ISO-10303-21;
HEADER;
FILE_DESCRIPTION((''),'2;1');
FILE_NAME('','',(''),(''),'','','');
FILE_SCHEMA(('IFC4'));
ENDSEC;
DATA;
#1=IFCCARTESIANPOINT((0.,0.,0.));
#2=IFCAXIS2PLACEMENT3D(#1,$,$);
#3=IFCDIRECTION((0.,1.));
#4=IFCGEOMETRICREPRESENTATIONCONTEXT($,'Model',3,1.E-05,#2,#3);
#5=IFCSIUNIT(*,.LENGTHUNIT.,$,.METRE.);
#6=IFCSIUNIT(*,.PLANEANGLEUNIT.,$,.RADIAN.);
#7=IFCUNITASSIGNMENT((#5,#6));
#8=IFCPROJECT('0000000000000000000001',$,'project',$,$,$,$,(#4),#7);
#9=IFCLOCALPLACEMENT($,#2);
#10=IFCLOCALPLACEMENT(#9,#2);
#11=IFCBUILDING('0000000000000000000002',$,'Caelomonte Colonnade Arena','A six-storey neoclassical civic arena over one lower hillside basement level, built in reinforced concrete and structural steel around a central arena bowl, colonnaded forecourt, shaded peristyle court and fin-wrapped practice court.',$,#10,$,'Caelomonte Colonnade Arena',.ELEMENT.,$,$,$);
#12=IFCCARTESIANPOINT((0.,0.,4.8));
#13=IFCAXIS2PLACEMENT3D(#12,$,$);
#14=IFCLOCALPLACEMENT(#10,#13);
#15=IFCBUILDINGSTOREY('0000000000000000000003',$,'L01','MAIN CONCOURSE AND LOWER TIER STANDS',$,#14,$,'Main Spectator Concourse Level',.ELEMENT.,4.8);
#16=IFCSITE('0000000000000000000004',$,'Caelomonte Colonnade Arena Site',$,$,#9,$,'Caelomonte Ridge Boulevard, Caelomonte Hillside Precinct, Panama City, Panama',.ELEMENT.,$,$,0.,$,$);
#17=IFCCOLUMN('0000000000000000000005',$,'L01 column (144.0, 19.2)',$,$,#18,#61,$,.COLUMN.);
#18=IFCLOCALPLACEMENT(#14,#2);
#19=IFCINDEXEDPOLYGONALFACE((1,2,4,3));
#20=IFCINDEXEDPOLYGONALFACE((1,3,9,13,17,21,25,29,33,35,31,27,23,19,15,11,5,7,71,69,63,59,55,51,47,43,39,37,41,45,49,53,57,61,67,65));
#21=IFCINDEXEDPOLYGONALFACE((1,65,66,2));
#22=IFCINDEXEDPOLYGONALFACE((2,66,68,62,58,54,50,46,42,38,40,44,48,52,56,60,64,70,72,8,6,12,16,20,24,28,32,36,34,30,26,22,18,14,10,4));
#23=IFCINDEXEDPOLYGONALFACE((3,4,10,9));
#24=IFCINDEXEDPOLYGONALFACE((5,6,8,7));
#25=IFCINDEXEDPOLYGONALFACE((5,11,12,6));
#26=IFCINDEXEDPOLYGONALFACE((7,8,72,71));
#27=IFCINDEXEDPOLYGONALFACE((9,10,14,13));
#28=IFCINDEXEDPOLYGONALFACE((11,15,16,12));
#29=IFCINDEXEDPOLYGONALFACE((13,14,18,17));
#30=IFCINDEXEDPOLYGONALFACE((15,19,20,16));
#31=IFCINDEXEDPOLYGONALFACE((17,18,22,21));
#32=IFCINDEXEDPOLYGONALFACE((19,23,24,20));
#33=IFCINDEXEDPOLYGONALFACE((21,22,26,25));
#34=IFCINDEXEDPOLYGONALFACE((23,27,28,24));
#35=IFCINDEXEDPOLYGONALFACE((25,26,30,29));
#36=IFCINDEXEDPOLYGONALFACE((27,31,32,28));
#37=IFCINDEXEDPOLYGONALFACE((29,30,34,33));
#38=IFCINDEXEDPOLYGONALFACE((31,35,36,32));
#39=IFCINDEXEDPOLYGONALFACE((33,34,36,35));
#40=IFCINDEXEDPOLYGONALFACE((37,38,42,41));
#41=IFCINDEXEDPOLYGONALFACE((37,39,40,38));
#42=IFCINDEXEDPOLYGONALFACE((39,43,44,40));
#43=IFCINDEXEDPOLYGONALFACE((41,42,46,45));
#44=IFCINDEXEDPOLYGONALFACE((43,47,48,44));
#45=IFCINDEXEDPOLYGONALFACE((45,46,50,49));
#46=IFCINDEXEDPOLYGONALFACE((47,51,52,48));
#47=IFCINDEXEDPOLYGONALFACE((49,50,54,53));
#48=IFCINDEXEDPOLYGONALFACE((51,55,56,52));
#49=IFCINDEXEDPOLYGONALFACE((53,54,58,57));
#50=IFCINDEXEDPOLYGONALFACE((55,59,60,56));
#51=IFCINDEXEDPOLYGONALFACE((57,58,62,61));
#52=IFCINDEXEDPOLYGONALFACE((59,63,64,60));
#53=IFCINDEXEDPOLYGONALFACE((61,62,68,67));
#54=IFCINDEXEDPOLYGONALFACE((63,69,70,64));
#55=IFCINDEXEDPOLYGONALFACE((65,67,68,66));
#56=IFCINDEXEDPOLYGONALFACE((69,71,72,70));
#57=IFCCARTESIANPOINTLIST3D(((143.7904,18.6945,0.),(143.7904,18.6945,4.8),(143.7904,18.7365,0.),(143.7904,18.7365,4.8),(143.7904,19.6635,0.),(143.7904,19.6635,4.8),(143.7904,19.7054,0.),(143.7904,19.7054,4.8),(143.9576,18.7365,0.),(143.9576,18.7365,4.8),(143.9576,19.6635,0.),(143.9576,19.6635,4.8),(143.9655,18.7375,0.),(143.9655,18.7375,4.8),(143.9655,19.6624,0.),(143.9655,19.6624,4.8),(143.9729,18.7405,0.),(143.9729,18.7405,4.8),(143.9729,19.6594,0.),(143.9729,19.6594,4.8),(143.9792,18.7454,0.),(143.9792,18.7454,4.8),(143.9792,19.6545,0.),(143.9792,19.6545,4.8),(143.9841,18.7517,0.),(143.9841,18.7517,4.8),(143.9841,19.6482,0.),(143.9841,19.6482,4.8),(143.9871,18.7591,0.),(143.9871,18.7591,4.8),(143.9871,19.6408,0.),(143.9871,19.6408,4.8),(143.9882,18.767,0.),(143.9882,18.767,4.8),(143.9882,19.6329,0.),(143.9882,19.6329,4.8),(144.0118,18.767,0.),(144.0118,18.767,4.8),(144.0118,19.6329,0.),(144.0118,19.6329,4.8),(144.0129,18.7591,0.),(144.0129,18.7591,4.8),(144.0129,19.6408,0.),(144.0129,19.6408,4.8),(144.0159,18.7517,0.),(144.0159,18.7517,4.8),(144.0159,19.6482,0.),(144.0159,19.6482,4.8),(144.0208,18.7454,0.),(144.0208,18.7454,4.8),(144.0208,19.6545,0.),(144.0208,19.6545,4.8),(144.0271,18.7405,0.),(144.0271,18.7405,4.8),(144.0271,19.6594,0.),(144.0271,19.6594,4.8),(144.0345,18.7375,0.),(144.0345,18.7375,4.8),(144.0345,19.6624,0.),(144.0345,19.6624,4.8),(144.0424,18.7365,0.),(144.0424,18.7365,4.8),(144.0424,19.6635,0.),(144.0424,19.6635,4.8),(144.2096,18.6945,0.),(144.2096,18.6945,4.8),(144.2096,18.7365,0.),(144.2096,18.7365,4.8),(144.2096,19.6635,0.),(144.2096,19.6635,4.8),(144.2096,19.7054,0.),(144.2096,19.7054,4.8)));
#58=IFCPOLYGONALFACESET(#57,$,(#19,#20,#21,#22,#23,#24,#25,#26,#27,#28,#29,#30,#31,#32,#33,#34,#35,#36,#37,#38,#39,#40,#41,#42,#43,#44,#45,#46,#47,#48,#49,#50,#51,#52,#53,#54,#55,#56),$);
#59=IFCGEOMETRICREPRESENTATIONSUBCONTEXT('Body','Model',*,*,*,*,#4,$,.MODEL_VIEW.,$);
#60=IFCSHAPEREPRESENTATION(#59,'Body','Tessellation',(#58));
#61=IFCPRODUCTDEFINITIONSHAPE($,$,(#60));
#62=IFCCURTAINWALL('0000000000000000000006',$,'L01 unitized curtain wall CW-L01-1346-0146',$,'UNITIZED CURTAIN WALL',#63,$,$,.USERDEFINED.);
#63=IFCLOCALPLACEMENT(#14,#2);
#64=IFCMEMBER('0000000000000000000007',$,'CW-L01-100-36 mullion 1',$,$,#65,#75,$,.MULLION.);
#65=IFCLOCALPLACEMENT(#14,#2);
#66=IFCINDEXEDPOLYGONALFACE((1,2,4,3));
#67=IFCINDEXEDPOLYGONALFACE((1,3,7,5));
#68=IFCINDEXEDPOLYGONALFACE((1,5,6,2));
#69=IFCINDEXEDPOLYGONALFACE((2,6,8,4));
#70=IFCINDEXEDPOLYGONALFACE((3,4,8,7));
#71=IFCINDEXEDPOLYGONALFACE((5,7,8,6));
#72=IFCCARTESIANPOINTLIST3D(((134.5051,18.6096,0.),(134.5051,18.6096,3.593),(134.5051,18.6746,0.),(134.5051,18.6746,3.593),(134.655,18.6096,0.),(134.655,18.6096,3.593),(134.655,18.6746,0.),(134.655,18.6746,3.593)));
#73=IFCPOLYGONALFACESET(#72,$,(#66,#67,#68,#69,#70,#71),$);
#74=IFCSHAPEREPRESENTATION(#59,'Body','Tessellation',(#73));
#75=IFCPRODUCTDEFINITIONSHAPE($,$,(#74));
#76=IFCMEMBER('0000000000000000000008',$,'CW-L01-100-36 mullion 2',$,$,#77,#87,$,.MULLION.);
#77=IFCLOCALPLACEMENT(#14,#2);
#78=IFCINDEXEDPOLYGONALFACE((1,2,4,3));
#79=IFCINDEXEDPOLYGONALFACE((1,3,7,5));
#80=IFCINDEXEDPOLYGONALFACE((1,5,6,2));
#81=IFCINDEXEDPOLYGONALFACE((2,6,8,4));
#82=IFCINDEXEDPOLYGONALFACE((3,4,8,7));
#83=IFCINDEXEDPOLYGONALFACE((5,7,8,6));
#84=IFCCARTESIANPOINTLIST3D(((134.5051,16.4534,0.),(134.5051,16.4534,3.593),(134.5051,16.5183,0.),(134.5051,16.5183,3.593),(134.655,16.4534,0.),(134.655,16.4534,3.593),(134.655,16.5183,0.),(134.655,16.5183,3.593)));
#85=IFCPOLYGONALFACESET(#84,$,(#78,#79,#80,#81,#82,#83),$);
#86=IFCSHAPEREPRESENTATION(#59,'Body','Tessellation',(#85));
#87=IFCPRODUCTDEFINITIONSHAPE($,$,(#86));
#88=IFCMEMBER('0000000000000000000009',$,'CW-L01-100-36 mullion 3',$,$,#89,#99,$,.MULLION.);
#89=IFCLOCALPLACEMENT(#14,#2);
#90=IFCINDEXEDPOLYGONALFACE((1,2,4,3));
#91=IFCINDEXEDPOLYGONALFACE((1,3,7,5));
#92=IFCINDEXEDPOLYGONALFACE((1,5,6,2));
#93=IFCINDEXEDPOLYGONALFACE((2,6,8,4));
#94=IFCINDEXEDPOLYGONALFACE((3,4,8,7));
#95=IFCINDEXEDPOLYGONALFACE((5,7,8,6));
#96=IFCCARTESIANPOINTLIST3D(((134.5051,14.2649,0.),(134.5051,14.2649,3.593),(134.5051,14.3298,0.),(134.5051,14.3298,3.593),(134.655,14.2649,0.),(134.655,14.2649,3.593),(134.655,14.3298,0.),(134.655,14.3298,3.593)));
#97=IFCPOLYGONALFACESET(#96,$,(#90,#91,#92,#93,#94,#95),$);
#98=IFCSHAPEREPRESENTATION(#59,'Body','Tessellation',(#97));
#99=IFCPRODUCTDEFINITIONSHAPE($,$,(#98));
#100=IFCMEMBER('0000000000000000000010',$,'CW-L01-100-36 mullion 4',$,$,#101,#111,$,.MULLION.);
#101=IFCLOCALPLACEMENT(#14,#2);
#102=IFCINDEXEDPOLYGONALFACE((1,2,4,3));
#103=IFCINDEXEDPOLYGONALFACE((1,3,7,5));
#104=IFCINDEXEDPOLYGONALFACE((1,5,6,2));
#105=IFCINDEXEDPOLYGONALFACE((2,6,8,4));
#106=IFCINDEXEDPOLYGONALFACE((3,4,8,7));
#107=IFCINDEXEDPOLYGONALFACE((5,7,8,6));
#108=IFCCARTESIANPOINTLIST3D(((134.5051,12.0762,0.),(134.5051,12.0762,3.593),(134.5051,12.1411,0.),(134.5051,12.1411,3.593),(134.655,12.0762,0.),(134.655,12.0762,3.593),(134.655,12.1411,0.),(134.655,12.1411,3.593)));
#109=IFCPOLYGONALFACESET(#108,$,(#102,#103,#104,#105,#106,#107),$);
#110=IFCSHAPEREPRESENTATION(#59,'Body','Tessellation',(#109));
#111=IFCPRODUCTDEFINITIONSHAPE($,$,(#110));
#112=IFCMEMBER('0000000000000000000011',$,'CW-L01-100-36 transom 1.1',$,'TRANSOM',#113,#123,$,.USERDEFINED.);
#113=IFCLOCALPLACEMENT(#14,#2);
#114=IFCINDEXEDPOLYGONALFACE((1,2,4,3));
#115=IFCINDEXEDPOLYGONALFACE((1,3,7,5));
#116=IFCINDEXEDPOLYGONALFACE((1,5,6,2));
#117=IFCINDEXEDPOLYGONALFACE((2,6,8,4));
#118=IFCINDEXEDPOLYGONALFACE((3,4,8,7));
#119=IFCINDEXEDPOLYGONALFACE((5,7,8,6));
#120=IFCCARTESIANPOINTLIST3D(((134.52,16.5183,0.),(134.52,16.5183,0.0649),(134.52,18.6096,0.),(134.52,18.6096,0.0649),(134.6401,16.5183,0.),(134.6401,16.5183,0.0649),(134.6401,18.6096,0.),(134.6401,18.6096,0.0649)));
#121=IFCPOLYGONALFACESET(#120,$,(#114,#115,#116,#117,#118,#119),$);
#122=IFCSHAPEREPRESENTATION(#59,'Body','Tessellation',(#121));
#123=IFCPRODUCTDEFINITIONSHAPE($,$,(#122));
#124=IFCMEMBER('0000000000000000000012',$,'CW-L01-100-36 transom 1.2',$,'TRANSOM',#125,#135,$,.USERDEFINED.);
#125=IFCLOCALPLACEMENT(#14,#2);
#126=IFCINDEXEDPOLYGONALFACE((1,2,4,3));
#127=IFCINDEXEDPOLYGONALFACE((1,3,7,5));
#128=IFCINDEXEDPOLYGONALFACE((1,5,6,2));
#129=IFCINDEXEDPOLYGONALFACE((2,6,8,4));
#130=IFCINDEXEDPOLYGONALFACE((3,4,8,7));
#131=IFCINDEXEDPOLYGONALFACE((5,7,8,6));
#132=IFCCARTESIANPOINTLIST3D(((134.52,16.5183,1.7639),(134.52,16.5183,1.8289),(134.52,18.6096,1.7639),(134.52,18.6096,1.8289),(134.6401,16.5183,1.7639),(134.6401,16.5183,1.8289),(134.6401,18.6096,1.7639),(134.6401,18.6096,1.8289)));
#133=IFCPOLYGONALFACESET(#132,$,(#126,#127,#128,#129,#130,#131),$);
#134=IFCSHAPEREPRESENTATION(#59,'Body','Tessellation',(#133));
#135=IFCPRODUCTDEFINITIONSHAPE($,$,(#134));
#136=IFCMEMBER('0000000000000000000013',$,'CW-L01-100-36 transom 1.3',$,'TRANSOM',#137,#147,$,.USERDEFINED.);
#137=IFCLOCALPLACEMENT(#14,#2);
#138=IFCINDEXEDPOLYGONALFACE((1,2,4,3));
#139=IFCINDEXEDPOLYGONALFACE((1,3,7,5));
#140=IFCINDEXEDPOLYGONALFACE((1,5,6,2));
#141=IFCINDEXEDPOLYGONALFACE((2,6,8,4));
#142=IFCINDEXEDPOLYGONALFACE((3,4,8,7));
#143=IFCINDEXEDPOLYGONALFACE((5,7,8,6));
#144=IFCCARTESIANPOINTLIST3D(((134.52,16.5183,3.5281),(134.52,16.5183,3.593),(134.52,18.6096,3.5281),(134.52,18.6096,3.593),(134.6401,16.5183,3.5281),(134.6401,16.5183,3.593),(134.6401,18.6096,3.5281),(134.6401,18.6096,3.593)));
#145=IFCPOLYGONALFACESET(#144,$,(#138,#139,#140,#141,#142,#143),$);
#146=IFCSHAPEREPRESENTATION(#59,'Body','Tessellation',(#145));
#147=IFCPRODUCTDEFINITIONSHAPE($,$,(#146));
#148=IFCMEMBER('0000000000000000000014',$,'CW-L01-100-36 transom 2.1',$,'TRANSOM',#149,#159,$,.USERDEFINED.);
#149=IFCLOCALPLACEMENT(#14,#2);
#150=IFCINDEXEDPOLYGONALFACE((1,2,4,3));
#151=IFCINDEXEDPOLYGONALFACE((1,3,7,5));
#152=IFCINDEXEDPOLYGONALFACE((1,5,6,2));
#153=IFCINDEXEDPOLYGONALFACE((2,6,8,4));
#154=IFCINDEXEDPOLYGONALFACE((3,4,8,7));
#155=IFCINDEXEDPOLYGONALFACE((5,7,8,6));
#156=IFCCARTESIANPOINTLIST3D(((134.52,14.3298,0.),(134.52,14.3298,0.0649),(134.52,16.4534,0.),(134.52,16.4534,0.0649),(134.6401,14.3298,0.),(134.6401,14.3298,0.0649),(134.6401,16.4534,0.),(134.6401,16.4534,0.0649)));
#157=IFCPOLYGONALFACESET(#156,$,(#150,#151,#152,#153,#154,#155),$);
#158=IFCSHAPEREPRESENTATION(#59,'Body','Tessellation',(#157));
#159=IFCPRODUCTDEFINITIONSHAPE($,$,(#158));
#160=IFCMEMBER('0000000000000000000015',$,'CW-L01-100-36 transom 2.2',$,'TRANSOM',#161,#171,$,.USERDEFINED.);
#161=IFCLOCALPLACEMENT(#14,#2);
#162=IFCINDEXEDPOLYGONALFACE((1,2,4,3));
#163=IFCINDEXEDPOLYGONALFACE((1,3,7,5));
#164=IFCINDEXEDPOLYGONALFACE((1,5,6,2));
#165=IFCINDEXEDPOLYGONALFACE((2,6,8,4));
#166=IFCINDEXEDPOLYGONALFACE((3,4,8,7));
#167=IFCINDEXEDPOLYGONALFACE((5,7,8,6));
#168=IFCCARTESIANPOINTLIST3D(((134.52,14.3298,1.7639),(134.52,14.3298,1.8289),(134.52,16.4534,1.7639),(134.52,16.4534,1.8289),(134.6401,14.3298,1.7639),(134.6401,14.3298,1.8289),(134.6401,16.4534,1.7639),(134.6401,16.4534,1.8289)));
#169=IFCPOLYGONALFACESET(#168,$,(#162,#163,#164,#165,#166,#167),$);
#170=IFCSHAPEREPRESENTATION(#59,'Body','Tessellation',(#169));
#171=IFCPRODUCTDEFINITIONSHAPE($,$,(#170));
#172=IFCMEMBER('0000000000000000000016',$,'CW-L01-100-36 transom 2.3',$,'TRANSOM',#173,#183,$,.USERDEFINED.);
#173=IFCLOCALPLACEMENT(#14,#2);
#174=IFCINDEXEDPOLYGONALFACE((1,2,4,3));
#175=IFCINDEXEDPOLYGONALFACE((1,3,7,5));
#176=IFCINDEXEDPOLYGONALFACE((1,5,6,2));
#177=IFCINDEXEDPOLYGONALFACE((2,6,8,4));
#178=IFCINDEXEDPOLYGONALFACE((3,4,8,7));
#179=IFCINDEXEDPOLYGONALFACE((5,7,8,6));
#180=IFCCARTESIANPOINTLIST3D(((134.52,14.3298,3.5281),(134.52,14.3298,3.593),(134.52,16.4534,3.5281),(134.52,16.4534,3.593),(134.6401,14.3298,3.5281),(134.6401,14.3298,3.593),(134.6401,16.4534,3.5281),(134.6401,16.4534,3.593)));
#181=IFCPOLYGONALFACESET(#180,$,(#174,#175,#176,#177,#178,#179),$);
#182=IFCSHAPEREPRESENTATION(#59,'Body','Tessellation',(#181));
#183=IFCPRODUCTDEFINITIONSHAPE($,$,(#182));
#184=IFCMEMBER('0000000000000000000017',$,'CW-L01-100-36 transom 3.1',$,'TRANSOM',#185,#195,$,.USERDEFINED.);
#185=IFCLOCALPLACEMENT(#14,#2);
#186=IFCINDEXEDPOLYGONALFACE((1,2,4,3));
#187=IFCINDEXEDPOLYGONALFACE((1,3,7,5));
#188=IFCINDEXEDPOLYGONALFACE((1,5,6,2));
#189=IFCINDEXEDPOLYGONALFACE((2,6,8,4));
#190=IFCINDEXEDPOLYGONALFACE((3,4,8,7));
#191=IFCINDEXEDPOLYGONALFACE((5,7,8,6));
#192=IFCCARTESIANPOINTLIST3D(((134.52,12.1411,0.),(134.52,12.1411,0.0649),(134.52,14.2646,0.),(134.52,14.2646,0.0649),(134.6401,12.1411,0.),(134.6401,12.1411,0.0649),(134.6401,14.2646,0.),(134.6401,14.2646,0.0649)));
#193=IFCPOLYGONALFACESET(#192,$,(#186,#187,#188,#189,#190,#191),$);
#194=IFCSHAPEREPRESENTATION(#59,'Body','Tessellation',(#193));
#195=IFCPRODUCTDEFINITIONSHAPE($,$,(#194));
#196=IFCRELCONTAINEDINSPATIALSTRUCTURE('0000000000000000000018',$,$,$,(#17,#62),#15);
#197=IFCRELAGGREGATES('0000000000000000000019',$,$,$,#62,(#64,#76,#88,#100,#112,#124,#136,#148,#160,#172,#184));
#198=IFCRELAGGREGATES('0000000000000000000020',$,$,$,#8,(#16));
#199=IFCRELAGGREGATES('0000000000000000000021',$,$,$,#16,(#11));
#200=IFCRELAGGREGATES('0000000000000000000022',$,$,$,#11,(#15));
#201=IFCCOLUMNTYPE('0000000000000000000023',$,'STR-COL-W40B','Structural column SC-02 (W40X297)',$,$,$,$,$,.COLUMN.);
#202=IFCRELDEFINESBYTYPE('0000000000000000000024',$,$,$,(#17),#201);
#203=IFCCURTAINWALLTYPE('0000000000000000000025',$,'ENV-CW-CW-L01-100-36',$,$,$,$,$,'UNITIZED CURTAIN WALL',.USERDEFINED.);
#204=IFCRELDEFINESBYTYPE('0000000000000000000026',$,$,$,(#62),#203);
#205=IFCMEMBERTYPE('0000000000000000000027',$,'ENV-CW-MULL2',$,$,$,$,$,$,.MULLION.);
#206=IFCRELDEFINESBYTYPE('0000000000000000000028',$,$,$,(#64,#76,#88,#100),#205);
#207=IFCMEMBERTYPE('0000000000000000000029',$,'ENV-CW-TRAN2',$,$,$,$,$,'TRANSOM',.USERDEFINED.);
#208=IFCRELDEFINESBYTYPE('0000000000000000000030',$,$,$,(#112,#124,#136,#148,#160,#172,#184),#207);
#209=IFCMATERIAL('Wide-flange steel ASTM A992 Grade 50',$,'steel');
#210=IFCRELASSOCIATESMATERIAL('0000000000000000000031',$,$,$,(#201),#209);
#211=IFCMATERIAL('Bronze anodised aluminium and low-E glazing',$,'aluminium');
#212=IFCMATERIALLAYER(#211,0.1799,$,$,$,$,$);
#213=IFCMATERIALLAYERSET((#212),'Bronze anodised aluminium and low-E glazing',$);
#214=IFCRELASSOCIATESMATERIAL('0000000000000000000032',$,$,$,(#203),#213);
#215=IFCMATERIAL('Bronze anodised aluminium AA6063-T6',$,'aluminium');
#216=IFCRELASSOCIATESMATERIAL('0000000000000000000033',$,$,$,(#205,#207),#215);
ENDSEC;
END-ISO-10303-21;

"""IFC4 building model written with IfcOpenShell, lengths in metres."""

from ifc_helpers import new_model, si_unit, direction, frame, origin, origin_2d, place, context, subcontext, project, spatial, rectangle, i_section, extrude, material, layer, layer_set, material_profile, profile_set, type_object, element, aggregate, save


model = new_model("IFC4")

# Units and contexts
model_context = context("Model", 3, precision=1e-05, world=origin(), true_north=direction((0.0, 1.0)))
body_context = subcontext(model_context, "Body", "Model", "MODEL_VIEW")
ifc_project = project(units=[si_unit("LENGTHUNIT", "METRE"), si_unit("PLANEANGLEUNIT", "RADIAN")], contexts=[model_context])

# Site, building, storey
site_placement = place(None, origin())
site = spatial("IfcSite", under=ifc_project, at=site_placement, Name="Caelomonte Colonnade Arena Site", LongName="Caelomonte Ridge Boulevard, Caelomonte Hillside Precinct, Panama City, Panama", CompositionType="ELEMENT", RefElevation=0.0)
building_placement = place(site_placement, origin())
building = spatial("IfcBuilding", under=site, at=building_placement, Name="Caelomonte Colonnade Arena", Description="A six-storey neoclassical civic arena over one lower hillside basement level, built in reinforced concrete and structural steel around a central arena bowl, colonnaded forecourt, shaded peristyle court and fin-wrapped practice court.", LongName="Caelomonte Colonnade Arena", CompositionType="ELEMENT")
storey_placement = place(building_placement, frame((0.0, 0.0, 4.8)))
storey = spatial("IfcBuildingStorey", under=building, at=storey_placement, Name="L01", Description="MAIN CONCOURSE AND LOWER TIER STANDS", LongName="Main Spectator Concourse Level", CompositionType="ELEMENT", Elevation=4.8)

# Column
ifc_material_1 = material(Name="Wide-flange steel ASTM A992 Grade 50", Category="steel")
ifc_material_profile_1 = material_profile(ifc_material_1, i_section(OverallWidth=0.4192, OverallDepth=1.011, WebThickness=0.0237, FlangeThickness=0.042, FilletRadius=0.0305, at=origin_2d()), Name="W40X297")
ifc_profile_set_1 = profile_set([ifc_material_profile_1], Name="Wide-flange steel ASTM A992 Grade 50")
column_type = type_object("IfcColumnType", Name="STR-COL-W40B", Description="Structural column SC-02 (W40X297)", PredefinedType="COLUMN", material=ifc_profile_set_1)
column_placement = place(storey_placement, frame((144.0, 19.2, 0.0), z_axis=(0.0, 0.0, 1.0), x_axis=(1.0, 0.0, 0.0)))
element("IfcColumn", 1, at=column_placement, inside=storey, type_object=column_type, Name="L01 column (144.0, 19.2)", PredefinedType="COLUMN", context=body_context, shape_type="SweptSolid", body=[
    extrude(i_section(OverallWidth=0.4192, OverallDepth=1.011, WebThickness=0.0237, FlangeThickness=0.042, FilletRadius=0.0305, at=origin_2d()), origin(), (0.0, 0.0, 1.0), 4.8),
])

# Curtain wall, members
ifc_material_2 = material(Name="Bronze anodised aluminium and low-E glazing", Category="aluminium")
ifc_layer_1 = layer(ifc_material_2, 0.1799)
ifc_layer_set_1 = layer_set([ifc_layer_1], Name="Bronze anodised aluminium and low-E glazing")
curtain_wall_type = type_object("IfcCurtainWallType", Name="ENV-CW-CW-L01-100-36", ElementType="UNITIZED CURTAIN WALL", PredefinedType="USERDEFINED", material=ifc_layer_set_1)
curtain_wall_placement = place(storey_placement, origin())
curtain_wall = element("IfcCurtainWall", 2, at=curtain_wall_placement, inside=storey, type_object=curtain_wall_type, Name="L01 unitized curtain wall CW-L01-1346-0146", ObjectType="UNITIZED CURTAIN WALL", PredefinedType="USERDEFINED")
ifc_material_3 = material(Name="Bronze anodised aluminium AA6063-T6", Category="aluminium")
ifc_material_profile_2 = material_profile(ifc_material_3, rectangle(XDim=0.0649, YDim=0.1499, at=origin_2d()), Name="CWM-65X150")
ifc_profile_set_2 = profile_set([ifc_material_profile_2], Name="Bronze anodised aluminium AA6063-T6")
member_type_1 = type_object("IfcMemberType", Name="ENV-CW-MULL2", PredefinedType="MULLION", material=ifc_profile_set_2)
member_1_placement = place(storey_placement, frame((134.5801, 18.6421, 0.0), z_axis=(0.0, 0.0, 1.0), x_axis=(0.0, -1.0, 0.0)))
member_1 = element("IfcMember", 3, at=member_1_placement, type_object=member_type_1, Name="CW-L01-100-36 mullion 1", PredefinedType="MULLION", context=body_context, shape_type="SweptSolid", body=[
    extrude(rectangle(XDim=0.0649, YDim=0.1499, at=origin_2d()), origin(), (0.0, 0.0, 1.0), 3.593),
])
member_2_placement = place(storey_placement, frame((134.5801, 16.4858, 0.0), z_axis=(0.0, 0.0, 1.0), x_axis=(0.0, -1.0, 0.0)))
member_2 = element("IfcMember", 4, at=member_2_placement, type_object=member_type_1, Name="CW-L01-100-36 mullion 2", PredefinedType="MULLION", context=body_context, shape_type="SweptSolid", body=[
    extrude(rectangle(XDim=0.0649, YDim=0.1499, at=origin_2d()), origin(), (0.0, 0.0, 1.0), 3.593),
])
member_3_placement = place(storey_placement, frame((134.5801, 14.2974, 0.0), z_axis=(0.0, 0.0, 1.0), x_axis=(0.0, -1.0, 0.0)))
member_3 = element("IfcMember", 5, at=member_3_placement, type_object=member_type_1, Name="CW-L01-100-36 mullion 3", PredefinedType="MULLION", context=body_context, shape_type="SweptSolid", body=[
    extrude(rectangle(XDim=0.0649, YDim=0.1499, at=origin_2d()), origin(), (0.0, 0.0, 1.0), 3.593),
])
member_4_placement = place(storey_placement, frame((134.5801, 12.1086, 0.0), z_axis=(0.0, 0.0, 1.0), x_axis=(0.0, -1.0, 0.0)))
member_4 = element("IfcMember", 6, at=member_4_placement, type_object=member_type_1, Name="CW-L01-100-36 mullion 4", PredefinedType="MULLION", context=body_context, shape_type="SweptSolid", body=[
    extrude(rectangle(XDim=0.0649, YDim=0.1499, at=origin_2d()), origin(), (0.0, 0.0, 1.0), 3.593),
])
ifc_material_profile_3 = material_profile(ifc_material_3, rectangle(XDim=0.0649, YDim=0.1201, at=origin_2d()), Name="CWT-65X120")
ifc_profile_set_3 = profile_set([ifc_material_profile_3], Name="Bronze anodised aluminium AA6063-T6")
member_type_2 = type_object("IfcMemberType", Name="ENV-CW-TRAN2", ElementType="TRANSOM", PredefinedType="USERDEFINED", material=ifc_profile_set_3)
member_5_placement = place(storey_placement, frame((134.5801, 18.6096, 0.0325), z_axis=(0.0, -1.0, 0.0), x_axis=(0.0, 0.0, 1.0)))
member_5 = element("IfcMember", 7, at=member_5_placement, type_object=member_type_2, Name="CW-L01-100-36 transom 1.1", ObjectType="TRANSOM", PredefinedType="USERDEFINED", context=body_context, shape_type="SweptSolid", body=[
    extrude(rectangle(XDim=0.0649, YDim=0.1201, at=origin_2d()), origin(), (0.0, 0.0, 1.0), 2.0913),
])
member_6_placement = place(storey_placement, frame((134.5801, 18.6096, 1.7964), z_axis=(0.0, -1.0, 0.0), x_axis=(0.0, 0.0, 1.0)))
member_6 = element("IfcMember", 8, at=member_6_placement, type_object=member_type_2, Name="CW-L01-100-36 transom 1.2", ObjectType="TRANSOM", PredefinedType="USERDEFINED", context=body_context, shape_type="SweptSolid", body=[
    extrude(rectangle(XDim=0.0649, YDim=0.1201, at=origin_2d()), origin(), (0.0, 0.0, 1.0), 2.0913),
])
member_7_placement = place(storey_placement, frame((134.5801, 18.6096, 3.5605), z_axis=(0.0, -1.0, 0.0), x_axis=(0.0, 0.0, 1.0)))
member_7 = element("IfcMember", 9, at=member_7_placement, type_object=member_type_2, Name="CW-L01-100-36 transom 1.3", ObjectType="TRANSOM", PredefinedType="USERDEFINED", context=body_context, shape_type="SweptSolid", body=[
    extrude(rectangle(XDim=0.0649, YDim=0.1201, at=origin_2d()), origin(), (0.0, 0.0, 1.0), 2.0913),
])
member_8_placement = place(storey_placement, frame((134.5801, 16.4534, 0.0325), z_axis=(0.0, -1.0, 0.0), x_axis=(0.0, 0.0, 1.0)))
member_8 = element("IfcMember", 10, at=member_8_placement, type_object=member_type_2, Name="CW-L01-100-36 transom 2.1", ObjectType="TRANSOM", PredefinedType="USERDEFINED", context=body_context, shape_type="SweptSolid", body=[
    extrude(rectangle(XDim=0.0649, YDim=0.1201, at=origin_2d()), origin(), (0.0, 0.0, 1.0), 2.1235),
])
member_9_placement = place(storey_placement, frame((134.5801, 16.4534, 1.7964), z_axis=(0.0, -1.0, 0.0), x_axis=(0.0, 0.0, 1.0)))
member_9 = element("IfcMember", 11, at=member_9_placement, type_object=member_type_2, Name="CW-L01-100-36 transom 2.2", ObjectType="TRANSOM", PredefinedType="USERDEFINED", context=body_context, shape_type="SweptSolid", body=[
    extrude(rectangle(XDim=0.0649, YDim=0.1201, at=origin_2d()), origin(), (0.0, 0.0, 1.0), 2.1235),
])
member_10_placement = place(storey_placement, frame((134.5801, 16.4534, 3.5605), z_axis=(0.0, -1.0, 0.0), x_axis=(0.0, 0.0, 1.0)))
member_10 = element("IfcMember", 12, at=member_10_placement, type_object=member_type_2, Name="CW-L01-100-36 transom 2.3", ObjectType="TRANSOM", PredefinedType="USERDEFINED", context=body_context, shape_type="SweptSolid", body=[
    extrude(rectangle(XDim=0.0649, YDim=0.1201, at=origin_2d()), origin(), (0.0, 0.0, 1.0), 2.1235),
])
member_11_placement = place(storey_placement, frame((134.5801, 14.2646, 0.0325), z_axis=(0.0, -1.0, 0.0), x_axis=(0.0, 0.0, 1.0)))
member_11 = element("IfcMember", 13, at=member_11_placement, type_object=member_type_2, Name="CW-L01-100-36 transom 3.1", ObjectType="TRANSOM", PredefinedType="USERDEFINED", context=body_context, shape_type="SweptSolid", body=[
    extrude(rectangle(XDim=0.0649, YDim=0.1201, at=origin_2d()), origin(), (0.0, 0.0, 1.0), 2.1235),
])

aggregate(curtain_wall, [member_1, member_2, member_3, member_4, member_5, member_6, member_7, member_8, member_9, member_10, member_11])

save(model, "model.ifc")
